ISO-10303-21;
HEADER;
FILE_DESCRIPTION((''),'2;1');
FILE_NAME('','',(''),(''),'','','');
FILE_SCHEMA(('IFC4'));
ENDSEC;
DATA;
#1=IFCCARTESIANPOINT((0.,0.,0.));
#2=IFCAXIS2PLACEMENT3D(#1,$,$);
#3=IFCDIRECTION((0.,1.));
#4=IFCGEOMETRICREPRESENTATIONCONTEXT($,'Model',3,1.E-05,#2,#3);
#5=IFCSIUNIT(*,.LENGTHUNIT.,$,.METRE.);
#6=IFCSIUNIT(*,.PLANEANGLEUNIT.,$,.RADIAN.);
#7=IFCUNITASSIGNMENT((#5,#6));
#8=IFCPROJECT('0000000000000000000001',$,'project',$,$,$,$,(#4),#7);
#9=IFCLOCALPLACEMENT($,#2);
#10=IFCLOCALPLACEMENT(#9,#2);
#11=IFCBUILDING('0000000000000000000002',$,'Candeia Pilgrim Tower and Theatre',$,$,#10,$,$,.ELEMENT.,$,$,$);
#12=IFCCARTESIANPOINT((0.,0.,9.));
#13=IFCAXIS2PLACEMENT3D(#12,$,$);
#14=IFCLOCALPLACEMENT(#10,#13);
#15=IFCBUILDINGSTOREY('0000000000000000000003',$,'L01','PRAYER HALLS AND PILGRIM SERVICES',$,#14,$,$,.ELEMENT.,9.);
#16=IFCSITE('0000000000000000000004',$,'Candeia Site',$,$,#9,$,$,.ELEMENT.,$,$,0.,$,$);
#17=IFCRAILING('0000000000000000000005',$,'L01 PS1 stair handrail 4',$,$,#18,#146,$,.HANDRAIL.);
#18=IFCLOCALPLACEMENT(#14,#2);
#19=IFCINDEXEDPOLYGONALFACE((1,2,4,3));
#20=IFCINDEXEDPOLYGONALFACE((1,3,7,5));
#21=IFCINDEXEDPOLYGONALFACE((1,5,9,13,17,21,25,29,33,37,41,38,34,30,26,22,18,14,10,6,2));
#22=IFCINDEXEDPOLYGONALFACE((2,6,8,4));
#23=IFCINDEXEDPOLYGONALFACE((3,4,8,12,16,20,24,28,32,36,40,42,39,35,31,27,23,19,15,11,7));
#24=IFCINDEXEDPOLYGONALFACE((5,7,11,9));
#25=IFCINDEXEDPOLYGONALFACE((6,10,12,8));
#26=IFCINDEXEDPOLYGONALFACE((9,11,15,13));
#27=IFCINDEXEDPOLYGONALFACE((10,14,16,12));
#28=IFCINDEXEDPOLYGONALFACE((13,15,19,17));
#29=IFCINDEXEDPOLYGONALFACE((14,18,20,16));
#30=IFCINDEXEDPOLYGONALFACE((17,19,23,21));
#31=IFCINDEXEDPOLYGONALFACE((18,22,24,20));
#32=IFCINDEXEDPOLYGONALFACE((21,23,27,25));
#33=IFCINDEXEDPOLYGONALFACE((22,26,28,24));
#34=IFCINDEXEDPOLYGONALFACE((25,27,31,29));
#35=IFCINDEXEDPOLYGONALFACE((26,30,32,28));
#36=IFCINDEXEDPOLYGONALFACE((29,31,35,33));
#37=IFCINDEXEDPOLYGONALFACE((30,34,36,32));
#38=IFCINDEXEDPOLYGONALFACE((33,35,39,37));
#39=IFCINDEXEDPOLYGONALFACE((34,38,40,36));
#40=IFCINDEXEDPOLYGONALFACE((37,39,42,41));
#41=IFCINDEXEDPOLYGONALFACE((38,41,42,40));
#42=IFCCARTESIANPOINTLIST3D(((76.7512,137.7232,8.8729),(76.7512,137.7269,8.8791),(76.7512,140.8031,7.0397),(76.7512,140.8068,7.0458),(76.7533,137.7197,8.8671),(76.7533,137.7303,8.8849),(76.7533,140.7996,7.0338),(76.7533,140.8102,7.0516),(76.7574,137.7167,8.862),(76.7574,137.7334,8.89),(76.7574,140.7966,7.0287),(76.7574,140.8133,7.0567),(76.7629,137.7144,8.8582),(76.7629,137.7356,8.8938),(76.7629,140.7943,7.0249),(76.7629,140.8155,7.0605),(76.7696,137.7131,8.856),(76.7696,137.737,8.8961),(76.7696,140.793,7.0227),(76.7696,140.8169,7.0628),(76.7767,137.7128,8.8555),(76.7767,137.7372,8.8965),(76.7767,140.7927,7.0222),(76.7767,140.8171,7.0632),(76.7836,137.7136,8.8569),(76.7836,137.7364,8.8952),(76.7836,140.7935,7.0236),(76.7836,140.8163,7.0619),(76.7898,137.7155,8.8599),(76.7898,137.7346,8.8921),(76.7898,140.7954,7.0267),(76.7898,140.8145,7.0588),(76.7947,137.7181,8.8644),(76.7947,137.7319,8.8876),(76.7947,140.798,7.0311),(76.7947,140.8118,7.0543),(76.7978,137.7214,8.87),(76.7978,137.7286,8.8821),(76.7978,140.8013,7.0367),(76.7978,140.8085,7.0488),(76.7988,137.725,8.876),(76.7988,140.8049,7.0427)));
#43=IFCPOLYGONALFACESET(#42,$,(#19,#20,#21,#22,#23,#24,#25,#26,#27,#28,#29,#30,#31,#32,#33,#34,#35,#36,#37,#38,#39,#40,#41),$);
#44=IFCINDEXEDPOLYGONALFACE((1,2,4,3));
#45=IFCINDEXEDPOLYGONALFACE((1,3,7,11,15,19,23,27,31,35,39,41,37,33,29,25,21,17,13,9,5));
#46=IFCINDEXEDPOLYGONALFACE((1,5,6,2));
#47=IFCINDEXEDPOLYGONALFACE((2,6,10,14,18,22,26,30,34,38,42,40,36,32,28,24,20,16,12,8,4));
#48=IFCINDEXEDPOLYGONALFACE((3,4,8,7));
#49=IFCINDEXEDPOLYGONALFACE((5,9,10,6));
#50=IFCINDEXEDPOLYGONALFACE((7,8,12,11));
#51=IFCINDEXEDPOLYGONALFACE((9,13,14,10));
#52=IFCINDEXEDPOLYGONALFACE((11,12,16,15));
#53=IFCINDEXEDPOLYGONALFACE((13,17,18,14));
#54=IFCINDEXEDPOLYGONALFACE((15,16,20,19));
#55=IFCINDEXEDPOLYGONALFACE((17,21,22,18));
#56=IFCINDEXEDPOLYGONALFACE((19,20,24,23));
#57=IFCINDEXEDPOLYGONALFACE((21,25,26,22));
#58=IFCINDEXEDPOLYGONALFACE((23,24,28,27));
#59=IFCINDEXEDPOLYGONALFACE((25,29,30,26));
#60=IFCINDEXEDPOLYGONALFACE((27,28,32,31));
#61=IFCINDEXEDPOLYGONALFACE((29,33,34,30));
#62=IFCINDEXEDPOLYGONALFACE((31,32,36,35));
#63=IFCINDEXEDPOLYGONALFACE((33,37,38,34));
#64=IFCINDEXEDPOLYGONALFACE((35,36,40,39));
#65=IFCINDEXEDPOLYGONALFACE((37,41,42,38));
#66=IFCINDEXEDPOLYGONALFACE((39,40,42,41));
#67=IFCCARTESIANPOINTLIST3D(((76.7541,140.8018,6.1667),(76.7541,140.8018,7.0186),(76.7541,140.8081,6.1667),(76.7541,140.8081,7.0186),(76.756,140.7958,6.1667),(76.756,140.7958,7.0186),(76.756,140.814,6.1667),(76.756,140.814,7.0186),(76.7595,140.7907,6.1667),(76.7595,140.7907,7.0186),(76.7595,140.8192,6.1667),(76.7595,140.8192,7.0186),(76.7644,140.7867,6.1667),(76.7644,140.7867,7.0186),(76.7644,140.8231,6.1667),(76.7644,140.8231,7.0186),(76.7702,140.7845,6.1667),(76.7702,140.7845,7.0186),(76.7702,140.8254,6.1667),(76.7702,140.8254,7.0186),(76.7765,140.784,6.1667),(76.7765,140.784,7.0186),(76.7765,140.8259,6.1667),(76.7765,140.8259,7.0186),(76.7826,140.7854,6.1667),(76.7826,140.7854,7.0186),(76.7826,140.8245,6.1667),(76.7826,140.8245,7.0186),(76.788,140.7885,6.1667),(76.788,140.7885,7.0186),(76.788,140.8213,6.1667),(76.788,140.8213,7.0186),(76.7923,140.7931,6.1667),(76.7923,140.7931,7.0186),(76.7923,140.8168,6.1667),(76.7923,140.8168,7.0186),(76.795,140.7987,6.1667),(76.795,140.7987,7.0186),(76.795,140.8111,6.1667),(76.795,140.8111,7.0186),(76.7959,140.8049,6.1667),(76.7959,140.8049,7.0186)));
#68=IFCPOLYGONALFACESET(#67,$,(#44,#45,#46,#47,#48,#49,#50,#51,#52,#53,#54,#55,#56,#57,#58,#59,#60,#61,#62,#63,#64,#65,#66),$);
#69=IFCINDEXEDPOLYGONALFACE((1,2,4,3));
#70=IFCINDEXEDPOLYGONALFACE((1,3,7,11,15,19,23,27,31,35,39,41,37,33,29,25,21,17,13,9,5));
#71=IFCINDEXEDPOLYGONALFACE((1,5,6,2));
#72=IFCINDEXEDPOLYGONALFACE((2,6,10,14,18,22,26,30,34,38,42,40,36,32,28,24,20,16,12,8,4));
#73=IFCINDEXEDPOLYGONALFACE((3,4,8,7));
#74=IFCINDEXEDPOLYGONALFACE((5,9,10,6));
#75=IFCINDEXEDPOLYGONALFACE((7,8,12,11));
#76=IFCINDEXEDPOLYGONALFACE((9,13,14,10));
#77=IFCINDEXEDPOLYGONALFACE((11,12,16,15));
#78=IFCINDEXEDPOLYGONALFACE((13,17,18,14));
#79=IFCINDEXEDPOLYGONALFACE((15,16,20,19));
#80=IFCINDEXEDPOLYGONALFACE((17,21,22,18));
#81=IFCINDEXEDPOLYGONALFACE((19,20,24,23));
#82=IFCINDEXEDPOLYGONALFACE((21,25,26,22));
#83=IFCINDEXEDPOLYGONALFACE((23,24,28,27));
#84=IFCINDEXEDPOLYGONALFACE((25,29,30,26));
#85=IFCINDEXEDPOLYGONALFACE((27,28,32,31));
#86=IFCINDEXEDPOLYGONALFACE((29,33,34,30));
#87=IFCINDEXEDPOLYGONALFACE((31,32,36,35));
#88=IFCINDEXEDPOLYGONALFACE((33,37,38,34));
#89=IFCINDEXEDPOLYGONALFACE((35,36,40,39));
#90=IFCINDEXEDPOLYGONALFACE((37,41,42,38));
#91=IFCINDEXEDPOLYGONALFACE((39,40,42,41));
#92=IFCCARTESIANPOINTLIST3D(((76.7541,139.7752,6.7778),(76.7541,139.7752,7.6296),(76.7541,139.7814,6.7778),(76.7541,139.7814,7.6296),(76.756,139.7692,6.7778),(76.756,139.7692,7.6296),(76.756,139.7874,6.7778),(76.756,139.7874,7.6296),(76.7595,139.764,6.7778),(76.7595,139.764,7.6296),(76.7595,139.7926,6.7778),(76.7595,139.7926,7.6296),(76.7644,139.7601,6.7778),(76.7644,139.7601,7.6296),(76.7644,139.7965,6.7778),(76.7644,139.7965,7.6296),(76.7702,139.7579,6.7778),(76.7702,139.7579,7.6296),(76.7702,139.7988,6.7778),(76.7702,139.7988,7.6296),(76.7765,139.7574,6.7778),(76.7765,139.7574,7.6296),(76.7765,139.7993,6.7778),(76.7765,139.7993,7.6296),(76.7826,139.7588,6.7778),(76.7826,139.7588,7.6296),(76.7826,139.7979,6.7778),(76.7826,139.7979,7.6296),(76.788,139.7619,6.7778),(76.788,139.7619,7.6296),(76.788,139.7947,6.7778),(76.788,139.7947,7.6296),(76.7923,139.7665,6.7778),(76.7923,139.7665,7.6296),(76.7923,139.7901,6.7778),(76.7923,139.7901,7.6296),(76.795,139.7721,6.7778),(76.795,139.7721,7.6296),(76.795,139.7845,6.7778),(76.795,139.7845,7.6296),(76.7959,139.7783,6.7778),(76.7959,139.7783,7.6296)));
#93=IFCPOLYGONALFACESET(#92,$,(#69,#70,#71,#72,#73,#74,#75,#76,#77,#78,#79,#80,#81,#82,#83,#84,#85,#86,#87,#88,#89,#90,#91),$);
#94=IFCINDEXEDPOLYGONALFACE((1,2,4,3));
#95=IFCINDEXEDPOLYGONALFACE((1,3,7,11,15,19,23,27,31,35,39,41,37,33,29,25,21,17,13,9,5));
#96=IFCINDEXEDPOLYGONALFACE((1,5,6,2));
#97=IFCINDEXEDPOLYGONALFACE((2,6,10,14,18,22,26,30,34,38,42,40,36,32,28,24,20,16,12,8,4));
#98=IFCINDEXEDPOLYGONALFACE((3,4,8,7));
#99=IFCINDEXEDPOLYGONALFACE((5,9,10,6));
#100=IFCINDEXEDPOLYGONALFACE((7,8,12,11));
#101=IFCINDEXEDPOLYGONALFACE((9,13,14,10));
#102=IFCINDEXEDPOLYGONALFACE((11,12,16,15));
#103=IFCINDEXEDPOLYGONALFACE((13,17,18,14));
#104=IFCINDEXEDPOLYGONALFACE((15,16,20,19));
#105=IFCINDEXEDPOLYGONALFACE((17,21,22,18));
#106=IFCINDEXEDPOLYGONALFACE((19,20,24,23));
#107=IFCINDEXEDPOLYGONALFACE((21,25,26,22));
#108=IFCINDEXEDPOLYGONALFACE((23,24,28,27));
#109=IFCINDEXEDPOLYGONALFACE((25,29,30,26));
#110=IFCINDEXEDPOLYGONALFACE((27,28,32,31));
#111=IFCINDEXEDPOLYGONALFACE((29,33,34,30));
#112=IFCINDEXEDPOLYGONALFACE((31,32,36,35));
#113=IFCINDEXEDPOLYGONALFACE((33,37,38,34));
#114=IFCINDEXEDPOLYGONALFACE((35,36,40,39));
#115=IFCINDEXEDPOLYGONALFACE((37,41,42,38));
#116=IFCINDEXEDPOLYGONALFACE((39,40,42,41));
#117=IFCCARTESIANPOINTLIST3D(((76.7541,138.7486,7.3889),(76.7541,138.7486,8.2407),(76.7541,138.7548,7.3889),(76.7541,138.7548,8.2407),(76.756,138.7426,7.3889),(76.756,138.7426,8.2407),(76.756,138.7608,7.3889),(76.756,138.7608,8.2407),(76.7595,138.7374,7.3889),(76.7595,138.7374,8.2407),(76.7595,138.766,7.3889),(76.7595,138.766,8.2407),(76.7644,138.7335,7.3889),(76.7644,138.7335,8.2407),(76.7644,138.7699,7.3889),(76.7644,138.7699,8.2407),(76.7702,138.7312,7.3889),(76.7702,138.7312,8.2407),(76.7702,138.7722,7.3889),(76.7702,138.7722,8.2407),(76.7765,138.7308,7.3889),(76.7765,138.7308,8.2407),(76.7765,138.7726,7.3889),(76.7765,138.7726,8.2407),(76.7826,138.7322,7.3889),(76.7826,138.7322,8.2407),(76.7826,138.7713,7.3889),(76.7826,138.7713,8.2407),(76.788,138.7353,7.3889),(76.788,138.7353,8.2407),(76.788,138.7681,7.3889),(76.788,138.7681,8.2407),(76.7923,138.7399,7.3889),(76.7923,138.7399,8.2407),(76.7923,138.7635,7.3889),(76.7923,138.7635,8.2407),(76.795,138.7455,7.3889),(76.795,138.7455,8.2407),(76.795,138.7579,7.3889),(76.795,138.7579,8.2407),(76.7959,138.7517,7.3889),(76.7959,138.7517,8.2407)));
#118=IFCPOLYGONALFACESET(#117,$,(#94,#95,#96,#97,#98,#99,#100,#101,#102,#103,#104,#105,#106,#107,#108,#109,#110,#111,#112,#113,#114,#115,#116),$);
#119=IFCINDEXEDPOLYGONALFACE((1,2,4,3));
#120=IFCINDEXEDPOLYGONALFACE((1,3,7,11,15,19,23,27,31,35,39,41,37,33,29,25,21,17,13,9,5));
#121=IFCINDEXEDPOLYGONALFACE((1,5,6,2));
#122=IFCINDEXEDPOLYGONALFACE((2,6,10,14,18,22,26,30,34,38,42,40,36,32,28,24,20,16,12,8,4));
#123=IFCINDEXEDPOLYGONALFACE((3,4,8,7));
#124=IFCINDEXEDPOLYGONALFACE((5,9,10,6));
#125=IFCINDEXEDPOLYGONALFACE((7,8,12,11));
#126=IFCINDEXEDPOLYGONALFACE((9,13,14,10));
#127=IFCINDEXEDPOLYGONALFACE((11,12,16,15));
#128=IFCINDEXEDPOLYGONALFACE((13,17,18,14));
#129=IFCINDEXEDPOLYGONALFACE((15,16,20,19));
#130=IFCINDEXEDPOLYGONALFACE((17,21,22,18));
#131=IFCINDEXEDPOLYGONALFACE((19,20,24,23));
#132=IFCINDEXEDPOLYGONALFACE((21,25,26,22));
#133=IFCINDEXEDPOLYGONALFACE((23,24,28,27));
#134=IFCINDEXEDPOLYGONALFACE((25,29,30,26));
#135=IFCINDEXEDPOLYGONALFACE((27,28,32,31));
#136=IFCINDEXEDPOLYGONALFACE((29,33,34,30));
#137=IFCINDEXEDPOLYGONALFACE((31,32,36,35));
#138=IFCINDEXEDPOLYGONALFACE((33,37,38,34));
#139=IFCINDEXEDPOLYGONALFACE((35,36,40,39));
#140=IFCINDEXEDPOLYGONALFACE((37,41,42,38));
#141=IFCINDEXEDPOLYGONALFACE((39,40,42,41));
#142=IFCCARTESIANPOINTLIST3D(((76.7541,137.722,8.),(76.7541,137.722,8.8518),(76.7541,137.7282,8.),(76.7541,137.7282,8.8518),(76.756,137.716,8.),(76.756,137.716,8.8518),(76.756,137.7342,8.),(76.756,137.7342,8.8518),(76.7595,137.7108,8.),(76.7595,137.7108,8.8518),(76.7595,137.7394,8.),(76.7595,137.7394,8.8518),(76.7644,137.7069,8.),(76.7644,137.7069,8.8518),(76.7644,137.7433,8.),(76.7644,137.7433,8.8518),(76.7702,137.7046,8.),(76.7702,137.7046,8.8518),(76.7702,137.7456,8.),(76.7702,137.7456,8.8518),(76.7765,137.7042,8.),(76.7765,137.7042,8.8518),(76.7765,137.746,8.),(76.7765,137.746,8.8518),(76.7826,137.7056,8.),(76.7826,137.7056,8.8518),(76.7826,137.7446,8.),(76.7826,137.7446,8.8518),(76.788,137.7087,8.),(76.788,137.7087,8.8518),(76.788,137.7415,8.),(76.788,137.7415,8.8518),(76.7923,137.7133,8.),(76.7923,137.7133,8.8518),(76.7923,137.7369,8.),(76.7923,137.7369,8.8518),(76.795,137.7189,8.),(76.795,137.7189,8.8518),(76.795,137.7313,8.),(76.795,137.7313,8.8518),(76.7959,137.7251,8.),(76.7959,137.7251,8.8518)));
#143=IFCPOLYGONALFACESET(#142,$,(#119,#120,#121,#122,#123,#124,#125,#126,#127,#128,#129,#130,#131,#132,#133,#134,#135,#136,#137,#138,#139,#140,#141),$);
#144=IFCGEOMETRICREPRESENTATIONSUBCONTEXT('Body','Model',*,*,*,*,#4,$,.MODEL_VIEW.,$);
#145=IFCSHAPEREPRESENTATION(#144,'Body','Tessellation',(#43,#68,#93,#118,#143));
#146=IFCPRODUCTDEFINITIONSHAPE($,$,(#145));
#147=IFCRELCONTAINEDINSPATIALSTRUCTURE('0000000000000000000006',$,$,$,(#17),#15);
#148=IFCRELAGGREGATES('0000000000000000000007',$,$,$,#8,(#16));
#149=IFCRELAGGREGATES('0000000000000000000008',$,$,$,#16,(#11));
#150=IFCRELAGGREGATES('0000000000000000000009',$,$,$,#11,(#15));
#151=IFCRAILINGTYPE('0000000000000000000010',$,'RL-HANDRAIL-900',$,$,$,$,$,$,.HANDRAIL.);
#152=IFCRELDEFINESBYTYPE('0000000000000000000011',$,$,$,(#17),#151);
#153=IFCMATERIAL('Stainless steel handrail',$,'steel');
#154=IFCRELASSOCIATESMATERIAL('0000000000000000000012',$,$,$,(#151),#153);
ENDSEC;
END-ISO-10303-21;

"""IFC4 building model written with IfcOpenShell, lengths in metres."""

from ifc_helpers import new_model, si_unit, direction, frame, origin, origin_2d, place, context, subcontext, project, spatial, circle, extrude, material, type_object, element, save


model = new_model("IFC4")

# Units and contexts
model_context = context("Model", 3, precision=1e-05, world=origin(), true_north=direction((0.0, 1.0)))
body_context = subcontext(model_context, "Body", "Model", "MODEL_VIEW")
ifc_project = project(units=[si_unit("LENGTHUNIT", "METRE"), si_unit("PLANEANGLEUNIT", "RADIAN")], contexts=[model_context])

# Site, building, storey
site_placement = place(None, origin())
site = spatial("IfcSite", under=ifc_project, at=site_placement, Name="Candeia Site", CompositionType="ELEMENT", RefElevation=0.0)
building_placement = place(site_placement, origin())
building = spatial("IfcBuilding", under=site, at=building_placement, Name="Candeia Pilgrim Tower and Theatre", CompositionType="ELEMENT")
storey_placement = place(building_placement, frame((0.0, 0.0, 9.0)))
storey = spatial("IfcBuildingStorey", under=building, at=storey_placement, Name="L01", Description="PRAYER HALLS AND PILGRIM SERVICES", CompositionType="ELEMENT", Elevation=9.0)

# Railing
ifc_material_1 = material(Name="Stainless steel handrail", Category="steel")
railing_type_1 = type_object("IfcRailingType", Name="RL-HANDRAIL-900", PredefinedType="HANDRAIL", material=ifc_material_1)
for number, where, name in (
    (1, (76.7749, 140.8049, 6.1667), "L01 PS1 stair handrail 4"),
):
    element("IfcRailing", number, at=place(storey_placement, frame(where)), inside=storey, type_object=railing_type_1, Name=name, PredefinedType="HANDRAIL", context=body_context, shape_type="SweptSolid", body=[
        extrude(circle(Radius=0.0239, at=origin_2d()), frame((0.0, 0.0, 0.876), z_axis=(0.0, -0.859291, 0.511487), x_axis=(1.0, 0.0, 0.0)), (0.0, 0.0, 1.0), 3.5842),
        extrude(circle(Radius=0.021, at=origin_2d()), origin(), (0.0, 0.0, 1.0), 0.8518),
        extrude(circle(Radius=0.021, at=origin_2d()), frame((0.0, -1.0266, 0.6111)), (0.0, 0.0, 1.0), 0.8518),
        extrude(circle(Radius=0.021, at=origin_2d()), frame((0.0, -2.0532, 1.2222)), (0.0, 0.0, 1.0), 0.8518),
        extrude(circle(Radius=0.021, at=origin_2d()), frame((0.0, -3.0798, 1.8333)), (0.0, 0.0, 1.0), 0.8518),
    ])

save(model, "model.ifc")
